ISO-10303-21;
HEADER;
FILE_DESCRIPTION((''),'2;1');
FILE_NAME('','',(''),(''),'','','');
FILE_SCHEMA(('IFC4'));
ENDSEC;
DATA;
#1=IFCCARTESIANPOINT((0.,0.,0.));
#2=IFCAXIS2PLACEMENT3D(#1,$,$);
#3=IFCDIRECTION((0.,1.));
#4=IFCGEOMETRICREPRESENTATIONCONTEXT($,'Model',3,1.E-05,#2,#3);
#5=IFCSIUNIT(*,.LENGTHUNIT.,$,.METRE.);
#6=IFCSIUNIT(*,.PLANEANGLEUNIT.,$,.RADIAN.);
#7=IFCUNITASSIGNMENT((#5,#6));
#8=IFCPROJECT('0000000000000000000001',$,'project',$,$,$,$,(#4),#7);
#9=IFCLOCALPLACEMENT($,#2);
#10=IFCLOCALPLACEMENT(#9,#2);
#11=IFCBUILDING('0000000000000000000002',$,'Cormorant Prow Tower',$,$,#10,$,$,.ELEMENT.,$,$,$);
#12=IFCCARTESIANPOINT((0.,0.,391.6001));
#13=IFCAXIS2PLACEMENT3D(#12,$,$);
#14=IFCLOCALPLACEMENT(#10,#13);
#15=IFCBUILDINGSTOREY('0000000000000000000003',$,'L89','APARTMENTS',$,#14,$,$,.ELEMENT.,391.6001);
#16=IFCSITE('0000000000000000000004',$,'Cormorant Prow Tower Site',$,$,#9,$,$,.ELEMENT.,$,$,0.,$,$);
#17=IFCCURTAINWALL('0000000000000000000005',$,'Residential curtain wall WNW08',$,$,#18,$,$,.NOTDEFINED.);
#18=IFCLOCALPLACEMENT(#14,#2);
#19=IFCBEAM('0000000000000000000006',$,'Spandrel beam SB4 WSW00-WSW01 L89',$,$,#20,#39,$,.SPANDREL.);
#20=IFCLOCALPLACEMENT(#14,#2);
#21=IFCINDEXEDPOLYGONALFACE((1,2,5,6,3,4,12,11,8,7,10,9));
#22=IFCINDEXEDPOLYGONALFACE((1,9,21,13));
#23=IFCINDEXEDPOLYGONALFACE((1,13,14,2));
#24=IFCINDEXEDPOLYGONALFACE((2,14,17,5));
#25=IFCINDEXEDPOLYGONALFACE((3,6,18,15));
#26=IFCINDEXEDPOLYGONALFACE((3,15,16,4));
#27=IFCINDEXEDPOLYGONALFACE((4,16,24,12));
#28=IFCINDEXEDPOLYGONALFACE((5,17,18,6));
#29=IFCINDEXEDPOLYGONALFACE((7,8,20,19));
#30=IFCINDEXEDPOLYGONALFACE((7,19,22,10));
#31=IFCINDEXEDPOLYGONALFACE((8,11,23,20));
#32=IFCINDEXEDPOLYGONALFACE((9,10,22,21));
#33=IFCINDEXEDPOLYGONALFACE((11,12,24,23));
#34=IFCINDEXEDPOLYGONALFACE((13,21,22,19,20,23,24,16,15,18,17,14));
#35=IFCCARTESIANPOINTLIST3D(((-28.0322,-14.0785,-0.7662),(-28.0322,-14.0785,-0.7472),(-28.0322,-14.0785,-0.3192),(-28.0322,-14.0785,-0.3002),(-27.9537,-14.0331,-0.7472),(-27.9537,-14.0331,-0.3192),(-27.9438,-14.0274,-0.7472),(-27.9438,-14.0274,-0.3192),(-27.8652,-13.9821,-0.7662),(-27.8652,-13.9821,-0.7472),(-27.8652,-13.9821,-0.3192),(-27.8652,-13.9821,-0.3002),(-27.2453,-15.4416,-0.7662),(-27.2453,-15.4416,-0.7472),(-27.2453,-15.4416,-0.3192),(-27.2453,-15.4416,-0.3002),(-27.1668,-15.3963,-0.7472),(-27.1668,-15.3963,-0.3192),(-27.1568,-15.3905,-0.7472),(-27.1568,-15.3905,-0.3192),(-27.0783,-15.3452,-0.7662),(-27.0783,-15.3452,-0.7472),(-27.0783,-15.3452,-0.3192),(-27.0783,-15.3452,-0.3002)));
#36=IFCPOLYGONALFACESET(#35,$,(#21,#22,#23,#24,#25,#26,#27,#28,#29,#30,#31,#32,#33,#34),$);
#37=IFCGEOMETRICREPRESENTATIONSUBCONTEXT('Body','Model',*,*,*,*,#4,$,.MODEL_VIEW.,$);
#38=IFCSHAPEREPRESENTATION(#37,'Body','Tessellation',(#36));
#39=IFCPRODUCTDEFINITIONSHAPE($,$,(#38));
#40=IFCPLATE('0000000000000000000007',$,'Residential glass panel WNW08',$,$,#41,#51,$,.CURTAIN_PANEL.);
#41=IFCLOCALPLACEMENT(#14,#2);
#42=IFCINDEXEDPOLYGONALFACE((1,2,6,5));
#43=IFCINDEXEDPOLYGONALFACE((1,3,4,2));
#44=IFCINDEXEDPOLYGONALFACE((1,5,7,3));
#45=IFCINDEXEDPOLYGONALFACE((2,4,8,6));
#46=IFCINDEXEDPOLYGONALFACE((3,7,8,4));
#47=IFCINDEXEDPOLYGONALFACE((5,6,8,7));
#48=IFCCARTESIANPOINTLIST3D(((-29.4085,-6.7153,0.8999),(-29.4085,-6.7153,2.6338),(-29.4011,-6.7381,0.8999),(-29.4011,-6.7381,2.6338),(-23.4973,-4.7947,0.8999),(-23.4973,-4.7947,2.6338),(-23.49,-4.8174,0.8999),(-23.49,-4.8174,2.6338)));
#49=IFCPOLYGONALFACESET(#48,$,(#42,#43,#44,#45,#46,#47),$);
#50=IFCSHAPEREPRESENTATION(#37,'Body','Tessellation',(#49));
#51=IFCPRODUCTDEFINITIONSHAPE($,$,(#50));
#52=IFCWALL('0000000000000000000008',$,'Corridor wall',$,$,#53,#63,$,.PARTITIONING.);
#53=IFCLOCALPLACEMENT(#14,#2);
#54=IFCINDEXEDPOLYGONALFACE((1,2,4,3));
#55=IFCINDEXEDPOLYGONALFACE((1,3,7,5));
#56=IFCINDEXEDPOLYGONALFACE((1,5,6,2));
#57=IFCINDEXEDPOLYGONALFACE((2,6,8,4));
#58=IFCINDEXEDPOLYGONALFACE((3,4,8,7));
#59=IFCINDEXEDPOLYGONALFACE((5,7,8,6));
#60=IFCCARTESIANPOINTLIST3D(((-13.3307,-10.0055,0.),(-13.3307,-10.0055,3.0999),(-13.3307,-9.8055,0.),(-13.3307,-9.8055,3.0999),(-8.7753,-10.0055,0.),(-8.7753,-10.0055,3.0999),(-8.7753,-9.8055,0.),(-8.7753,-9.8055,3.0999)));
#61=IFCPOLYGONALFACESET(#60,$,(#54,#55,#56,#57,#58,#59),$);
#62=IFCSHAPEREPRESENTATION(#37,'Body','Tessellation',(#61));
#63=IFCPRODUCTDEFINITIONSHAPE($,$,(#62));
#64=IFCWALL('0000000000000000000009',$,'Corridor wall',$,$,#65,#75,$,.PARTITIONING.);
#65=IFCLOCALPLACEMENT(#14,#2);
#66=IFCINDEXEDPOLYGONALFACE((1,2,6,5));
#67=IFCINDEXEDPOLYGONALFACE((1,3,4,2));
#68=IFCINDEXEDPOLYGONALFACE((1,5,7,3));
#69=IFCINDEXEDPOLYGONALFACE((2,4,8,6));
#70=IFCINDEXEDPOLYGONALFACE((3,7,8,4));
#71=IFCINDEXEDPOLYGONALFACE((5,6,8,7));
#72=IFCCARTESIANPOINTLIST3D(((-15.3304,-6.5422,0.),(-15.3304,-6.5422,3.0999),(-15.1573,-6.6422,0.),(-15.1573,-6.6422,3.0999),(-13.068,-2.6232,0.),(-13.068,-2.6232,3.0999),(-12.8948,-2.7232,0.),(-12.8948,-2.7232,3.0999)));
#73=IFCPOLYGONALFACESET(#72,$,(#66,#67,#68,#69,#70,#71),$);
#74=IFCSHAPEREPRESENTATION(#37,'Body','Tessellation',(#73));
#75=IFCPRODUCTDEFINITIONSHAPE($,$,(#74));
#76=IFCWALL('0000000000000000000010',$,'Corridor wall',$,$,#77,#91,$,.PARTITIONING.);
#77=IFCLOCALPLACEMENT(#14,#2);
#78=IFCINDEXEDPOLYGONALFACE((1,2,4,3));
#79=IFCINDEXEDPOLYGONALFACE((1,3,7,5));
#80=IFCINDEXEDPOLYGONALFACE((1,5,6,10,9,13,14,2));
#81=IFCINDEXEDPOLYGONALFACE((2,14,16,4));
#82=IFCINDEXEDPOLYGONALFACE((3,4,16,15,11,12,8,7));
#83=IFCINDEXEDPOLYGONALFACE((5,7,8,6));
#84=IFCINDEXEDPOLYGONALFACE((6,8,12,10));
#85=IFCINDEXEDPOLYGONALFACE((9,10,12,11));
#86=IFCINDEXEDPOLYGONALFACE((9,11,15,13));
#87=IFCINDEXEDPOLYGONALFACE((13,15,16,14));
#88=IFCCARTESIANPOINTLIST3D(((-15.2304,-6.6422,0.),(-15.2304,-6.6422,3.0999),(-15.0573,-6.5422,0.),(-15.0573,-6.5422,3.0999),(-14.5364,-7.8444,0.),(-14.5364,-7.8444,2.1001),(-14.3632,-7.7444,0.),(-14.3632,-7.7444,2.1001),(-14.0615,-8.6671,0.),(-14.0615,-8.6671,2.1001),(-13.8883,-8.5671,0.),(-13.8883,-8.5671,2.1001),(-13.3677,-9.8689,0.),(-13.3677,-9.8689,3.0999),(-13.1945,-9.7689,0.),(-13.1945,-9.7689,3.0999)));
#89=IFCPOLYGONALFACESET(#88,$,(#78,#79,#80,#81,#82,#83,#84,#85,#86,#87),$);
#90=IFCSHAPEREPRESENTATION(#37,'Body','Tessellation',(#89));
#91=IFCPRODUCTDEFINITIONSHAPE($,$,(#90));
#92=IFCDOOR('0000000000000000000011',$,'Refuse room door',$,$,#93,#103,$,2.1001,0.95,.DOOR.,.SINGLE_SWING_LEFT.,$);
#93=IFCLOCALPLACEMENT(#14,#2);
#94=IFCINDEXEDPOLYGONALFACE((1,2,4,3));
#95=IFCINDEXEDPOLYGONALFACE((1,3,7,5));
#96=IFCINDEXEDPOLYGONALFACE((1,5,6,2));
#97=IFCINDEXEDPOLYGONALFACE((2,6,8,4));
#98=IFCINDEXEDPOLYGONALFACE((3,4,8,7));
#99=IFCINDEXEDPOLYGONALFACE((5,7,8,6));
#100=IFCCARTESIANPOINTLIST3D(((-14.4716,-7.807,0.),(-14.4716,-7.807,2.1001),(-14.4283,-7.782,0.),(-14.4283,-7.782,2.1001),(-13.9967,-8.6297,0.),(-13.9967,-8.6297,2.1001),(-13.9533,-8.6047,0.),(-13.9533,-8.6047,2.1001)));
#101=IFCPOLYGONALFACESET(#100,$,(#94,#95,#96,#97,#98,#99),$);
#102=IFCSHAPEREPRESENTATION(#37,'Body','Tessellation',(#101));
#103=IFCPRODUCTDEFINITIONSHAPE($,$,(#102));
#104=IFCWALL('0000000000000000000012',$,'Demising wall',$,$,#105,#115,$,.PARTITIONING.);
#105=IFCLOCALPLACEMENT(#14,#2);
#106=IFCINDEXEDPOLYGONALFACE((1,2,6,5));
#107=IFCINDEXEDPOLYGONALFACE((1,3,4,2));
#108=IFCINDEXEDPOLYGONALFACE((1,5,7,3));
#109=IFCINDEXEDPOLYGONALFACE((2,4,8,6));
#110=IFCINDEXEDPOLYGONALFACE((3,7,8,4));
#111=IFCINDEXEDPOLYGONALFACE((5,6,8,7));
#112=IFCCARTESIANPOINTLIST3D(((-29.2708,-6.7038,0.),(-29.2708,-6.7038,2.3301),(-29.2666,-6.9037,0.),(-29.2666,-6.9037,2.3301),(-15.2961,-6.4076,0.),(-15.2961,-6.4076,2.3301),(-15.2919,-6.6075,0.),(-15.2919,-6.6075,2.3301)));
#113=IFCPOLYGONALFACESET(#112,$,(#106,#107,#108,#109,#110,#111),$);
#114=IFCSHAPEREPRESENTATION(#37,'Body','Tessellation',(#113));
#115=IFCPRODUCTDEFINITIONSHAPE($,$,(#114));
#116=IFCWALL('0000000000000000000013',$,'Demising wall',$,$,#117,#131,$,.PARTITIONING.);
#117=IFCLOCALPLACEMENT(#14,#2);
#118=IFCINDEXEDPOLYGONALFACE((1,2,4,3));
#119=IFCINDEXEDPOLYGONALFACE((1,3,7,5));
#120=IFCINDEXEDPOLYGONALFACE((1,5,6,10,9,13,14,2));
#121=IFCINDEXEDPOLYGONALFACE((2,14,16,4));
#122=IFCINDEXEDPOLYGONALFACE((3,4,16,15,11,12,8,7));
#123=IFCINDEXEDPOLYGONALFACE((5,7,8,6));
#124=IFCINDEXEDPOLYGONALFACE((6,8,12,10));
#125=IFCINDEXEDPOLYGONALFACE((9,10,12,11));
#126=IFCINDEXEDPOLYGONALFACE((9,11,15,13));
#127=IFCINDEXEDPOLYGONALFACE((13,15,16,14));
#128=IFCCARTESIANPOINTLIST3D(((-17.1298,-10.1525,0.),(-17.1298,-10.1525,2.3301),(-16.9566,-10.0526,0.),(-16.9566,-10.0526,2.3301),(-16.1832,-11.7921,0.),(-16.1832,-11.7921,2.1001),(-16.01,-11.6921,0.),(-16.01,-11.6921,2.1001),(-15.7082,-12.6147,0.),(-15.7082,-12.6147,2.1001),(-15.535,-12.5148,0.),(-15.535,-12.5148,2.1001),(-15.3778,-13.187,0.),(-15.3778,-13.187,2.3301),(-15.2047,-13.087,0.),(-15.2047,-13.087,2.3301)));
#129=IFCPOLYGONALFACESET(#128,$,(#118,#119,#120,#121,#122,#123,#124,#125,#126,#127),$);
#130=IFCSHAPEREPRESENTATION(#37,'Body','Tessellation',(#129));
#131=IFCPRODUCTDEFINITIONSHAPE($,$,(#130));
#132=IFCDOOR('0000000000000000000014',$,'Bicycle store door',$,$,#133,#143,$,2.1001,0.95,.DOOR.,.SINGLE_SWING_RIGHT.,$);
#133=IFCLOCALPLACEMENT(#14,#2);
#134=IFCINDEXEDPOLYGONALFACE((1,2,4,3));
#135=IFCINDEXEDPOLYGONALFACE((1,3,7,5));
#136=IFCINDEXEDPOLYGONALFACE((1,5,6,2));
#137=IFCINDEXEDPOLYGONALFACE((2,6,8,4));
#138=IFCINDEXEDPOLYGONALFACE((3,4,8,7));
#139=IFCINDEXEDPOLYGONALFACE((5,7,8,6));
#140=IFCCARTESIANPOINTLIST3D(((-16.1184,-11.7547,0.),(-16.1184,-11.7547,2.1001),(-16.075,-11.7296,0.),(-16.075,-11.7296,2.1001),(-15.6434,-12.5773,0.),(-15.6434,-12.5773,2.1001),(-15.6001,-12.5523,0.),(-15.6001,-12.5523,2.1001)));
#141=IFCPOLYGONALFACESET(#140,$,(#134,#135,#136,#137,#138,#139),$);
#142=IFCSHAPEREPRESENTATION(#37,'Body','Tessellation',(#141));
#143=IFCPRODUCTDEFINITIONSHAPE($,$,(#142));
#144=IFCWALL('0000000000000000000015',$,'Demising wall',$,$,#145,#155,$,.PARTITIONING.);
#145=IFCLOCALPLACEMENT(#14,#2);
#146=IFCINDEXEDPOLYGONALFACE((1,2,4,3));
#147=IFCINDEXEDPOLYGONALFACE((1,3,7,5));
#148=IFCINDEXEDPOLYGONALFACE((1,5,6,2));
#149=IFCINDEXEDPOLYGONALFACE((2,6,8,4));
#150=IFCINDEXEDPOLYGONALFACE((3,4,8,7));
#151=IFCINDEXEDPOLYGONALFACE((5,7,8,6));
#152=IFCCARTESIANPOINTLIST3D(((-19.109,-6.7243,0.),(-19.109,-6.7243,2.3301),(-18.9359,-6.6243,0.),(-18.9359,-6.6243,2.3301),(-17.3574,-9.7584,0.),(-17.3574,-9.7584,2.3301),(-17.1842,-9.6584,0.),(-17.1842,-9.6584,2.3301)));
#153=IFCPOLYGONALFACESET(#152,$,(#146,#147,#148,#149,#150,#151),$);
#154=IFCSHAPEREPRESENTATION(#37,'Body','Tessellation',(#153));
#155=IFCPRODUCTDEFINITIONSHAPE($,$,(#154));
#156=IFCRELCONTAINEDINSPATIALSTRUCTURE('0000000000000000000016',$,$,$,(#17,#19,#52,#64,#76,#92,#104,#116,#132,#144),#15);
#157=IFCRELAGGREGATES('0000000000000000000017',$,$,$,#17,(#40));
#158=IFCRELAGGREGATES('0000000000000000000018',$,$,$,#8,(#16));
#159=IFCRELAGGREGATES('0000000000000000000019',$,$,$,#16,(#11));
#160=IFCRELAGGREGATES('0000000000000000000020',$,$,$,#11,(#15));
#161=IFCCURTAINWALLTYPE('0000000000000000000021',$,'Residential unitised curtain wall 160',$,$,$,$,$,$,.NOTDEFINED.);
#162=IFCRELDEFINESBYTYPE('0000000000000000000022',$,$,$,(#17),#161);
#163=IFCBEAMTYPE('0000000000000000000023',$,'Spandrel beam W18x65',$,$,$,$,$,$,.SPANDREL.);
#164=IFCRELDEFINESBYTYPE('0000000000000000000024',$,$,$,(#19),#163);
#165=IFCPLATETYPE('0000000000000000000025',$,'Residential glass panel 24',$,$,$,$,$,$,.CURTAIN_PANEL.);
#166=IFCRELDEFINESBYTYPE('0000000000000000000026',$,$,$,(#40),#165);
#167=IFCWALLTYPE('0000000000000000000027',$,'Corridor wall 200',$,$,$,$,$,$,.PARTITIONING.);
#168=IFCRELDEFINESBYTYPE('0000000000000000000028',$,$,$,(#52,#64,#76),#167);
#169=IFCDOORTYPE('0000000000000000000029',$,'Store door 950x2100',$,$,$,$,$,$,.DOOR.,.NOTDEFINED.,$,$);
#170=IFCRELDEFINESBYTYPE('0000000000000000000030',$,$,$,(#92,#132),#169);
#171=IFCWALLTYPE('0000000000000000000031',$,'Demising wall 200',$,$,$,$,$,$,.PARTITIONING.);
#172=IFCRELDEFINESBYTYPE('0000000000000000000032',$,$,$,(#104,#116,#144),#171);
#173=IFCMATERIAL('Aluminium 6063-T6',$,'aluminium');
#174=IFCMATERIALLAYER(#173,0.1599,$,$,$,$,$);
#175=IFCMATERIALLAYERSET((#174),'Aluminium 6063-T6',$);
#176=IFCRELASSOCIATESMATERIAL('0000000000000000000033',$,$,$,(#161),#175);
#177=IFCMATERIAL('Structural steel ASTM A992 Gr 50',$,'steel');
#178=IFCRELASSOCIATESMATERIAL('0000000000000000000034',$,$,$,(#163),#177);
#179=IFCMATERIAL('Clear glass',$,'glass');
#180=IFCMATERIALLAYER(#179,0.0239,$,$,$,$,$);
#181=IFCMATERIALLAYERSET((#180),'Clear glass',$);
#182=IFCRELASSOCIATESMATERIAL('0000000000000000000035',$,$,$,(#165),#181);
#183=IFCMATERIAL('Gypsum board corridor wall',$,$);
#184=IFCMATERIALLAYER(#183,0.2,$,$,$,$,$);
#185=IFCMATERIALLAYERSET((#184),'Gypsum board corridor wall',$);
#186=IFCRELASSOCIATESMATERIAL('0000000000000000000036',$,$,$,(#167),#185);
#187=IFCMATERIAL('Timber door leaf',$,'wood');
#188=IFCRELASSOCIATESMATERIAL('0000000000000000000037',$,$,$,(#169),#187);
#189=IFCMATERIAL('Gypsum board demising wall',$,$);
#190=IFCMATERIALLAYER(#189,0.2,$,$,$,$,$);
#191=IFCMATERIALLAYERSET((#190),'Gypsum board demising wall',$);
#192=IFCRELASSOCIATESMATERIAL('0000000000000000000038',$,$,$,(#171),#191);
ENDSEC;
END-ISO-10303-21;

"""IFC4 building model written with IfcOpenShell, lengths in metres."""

from ifc_helpers import new_model, si_unit, direction, frame, frame_2d, origin, origin_2d, place, context, subcontext, project, spatial, rectangle, i_section, extrude, material, layer, layer_set, material_profile, profile_set, type_object, element, fill, aggregate, save


model = new_model("IFC4")

# Units and contexts
model_context = context("Model", 3, precision=1e-05, world=origin(), true_north=direction((0.0, 1.0)))
body_context = subcontext(model_context, "Body", "Model", "MODEL_VIEW")
ifc_project = project(units=[si_unit("LENGTHUNIT", "METRE"), si_unit("PLANEANGLEUNIT", "RADIAN")], contexts=[model_context])

# Site, building, storey
site_placement = place(None, origin())
site = spatial("IfcSite", under=ifc_project, at=site_placement, Name="Cormorant Prow Tower Site", CompositionType="ELEMENT", RefElevation=0.0)
building_placement = place(site_placement, origin())
building = spatial("IfcBuilding", under=site, at=building_placement, Name="Cormorant Prow Tower", CompositionType="ELEMENT")
storey_placement = place(building_placement, frame((0.0, 0.0, 391.6001)))
storey = spatial("IfcBuildingStorey", under=building, at=storey_placement, Name="L89", Description="APARTMENTS", CompositionType="ELEMENT", Elevation=391.6001)

# Curtain wall
ifc_material_1 = material(Name="Aluminium 6063-T6", Category="aluminium")
ifc_layer_1 = layer(ifc_material_1, 0.1599)
ifc_layer_set_1 = layer_set([ifc_layer_1], Name="Aluminium 6063-T6")
curtain_wall_type = type_object("IfcCurtainWallType", Name="Residential unitised curtain wall 160", PredefinedType="NOTDEFINED", material=ifc_layer_set_1)
curtain_wall_placement = place(storey_placement, origin())
curtain_wall = element("IfcCurtainWall", 1, at=curtain_wall_placement, inside=storey, type_object=curtain_wall_type, Name="Residential curtain wall WNW08", PredefinedType="NOTDEFINED")

# Beam
ifc_material_2 = material(Name="Structural steel ASTM A992 Gr 50", Category="steel")
ifc_material_profile_1 = material_profile(ifc_material_2, i_section(OverallWidth=0.1929, OverallDepth=0.4661, WebThickness=0.0115, FlangeThickness=0.019, at=origin_2d()), Name="W18x65")
ifc_profile_set_1 = profile_set([ifc_material_profile_1], Name="Structural steel ASTM A992 Gr 50")
beam_type_1 = type_object("IfcBeamType", Name="Spandrel beam W18x65", PredefinedType="SPANDREL", material=ifc_profile_set_1)
beam_1_placement = place(storey_placement, frame((-27.9487, -14.0303, -0.5332), z_axis=(0.49996, -0.866049, 0.0), x_axis=(0.866049, 0.49996, 0.0)))
element("IfcBeam", 2, at=beam_1_placement, inside=storey, type_object=beam_type_1, Name="Spandrel beam SB4 WSW00-WSW01 L89", PredefinedType="SPANDREL", context=body_context, shape_type="SweptSolid", body=[
    extrude(i_section(OverallWidth=0.1929, OverallDepth=0.4661, WebThickness=0.0115, FlangeThickness=0.019, at=origin_2d()), origin(), (0.0, 0.0, 1.0), 1.574),
])

# Plate
ifc_material_3 = material(Name="Clear glass", Category="glass")
ifc_layer_2 = layer(ifc_material_3, 0.0239)
ifc_layer_set_2 = layer_set([ifc_layer_2], Name="Clear glass")
plate_type = type_object("IfcPlateType", Name="Residential glass panel 24", PredefinedType="CURTAIN_PANEL", material=ifc_layer_set_2)
plate_placement = place(storey_placement, frame((-26.4492, -5.7664, 0.8999), z_axis=(0.0, 0.0, 1.0), x_axis=(-0.951056, -0.309017, 0.0)))
plate = element("IfcPlate", 3, at=plate_placement, type_object=plate_type, Name="Residential glass panel WNW08", PredefinedType="CURTAIN_PANEL", context=body_context, shape_type="SweptSolid", body=[
    extrude(rectangle(XDim=6.2153, YDim=0.0239, at=origin_2d()), origin(), (0.0, 0.0, 1.0), 1.7339),
])
aggregate(curtain_wall, [plate])

# Walls
ifc_material_4 = material(Name="Gypsum board corridor wall")
ifc_layer_3 = layer(ifc_material_4, 0.2)
ifc_layer_set_3 = layer_set([ifc_layer_3], Name="Gypsum board corridor wall")
wall_type_1 = type_object("IfcWallType", Name="Corridor wall 200", PredefinedType="PARTITIONING", material=ifc_layer_set_3)
wall_1_placement = place(storey_placement, frame((-13.3308, -9.9055, 0.0), z_axis=(0.0, 0.0, 1.0), x_axis=(1.0, 0.0, 0.0)))
element("IfcWall", 4, at=wall_1_placement, inside=storey, type_object=wall_type_1, Name="Corridor wall", PredefinedType="PARTITIONING", context=body_context, shape_type="SweptSolid", body=[
    extrude(rectangle(XDim=4.5554, YDim=0.2, at=frame_2d((2.2778, 0.0))), origin(), (0.0, 0.0, 1.0), 3.0999),
])
wall_2_placement = place(storey_placement, frame((-15.2439, -6.5923, 0.0), z_axis=(0.0, 0.0, 1.0), x_axis=(0.499975, 0.86604, 0.0)))
element("IfcWall", 5, at=wall_2_placement, inside=storey, type_object=wall_type_1, Name="Corridor wall", PredefinedType="PARTITIONING", context=body_context, shape_type="SweptSolid", body=[
    extrude(rectangle(XDim=4.5251, YDim=0.2, at=frame_2d((2.2627, 0.0))), origin(), (0.0, 0.0, 1.0), 3.0999),
])

# Wall, opening, door
wall_3_placement = place(storey_placement, frame((-15.1438, -6.5923, 0.0), z_axis=(0.0, 0.0, 1.0), x_axis=(0.499959, -0.866049, 0.0)))
wall_3 = element("IfcWall", 6, at=wall_3_placement, inside=storey, type_object=wall_type_1, Name="Corridor wall", PredefinedType="PARTITIONING", context=body_context, shape_type="SweptSolid", body=[
    extrude(rectangle(XDim=3.7258, YDim=0.2, at=frame_2d((1.8628, 0.0))), origin(), (0.0, 0.0, 1.0), 3.0999),
])
opening_1_placement = place(wall_3_placement, frame((1.3879, 0.0, 0.0)))
opening_1 = element("IfcOpeningElement", 7, at=opening_1_placement, cuts=wall_3, PredefinedType="OPENING", context=body_context, shape_type="SweptSolid", body=[
    extrude(rectangle(XDim=0.95, YDim=2.1001, at=frame_2d((0.4751, 1.05))), frame((0.0, 0.1099, 0.0), z_axis=(0.0, -1.0, 0.0), x_axis=(1.0, 0.0, 0.0)), (0.0, 0.0, 1.0), 0.22),
])
ifc_material_5 = material(Name="Timber door leaf", Category="wood")
door_type_1 = type_object("IfcDoorType", Name="Store door 950x2100", OperationType="NOTDEFINED", PredefinedType="DOOR", material=ifc_material_5)
door_1_placement = place(opening_1_placement, origin())
door_1 = element("IfcDoor", 8, at=door_1_placement, inside=storey, type_object=door_type_1, Name="Refuse room door", OperationType="SINGLE_SWING_LEFT", OverallHeight=2.1001, OverallWidth=0.95, PredefinedType="DOOR", context=body_context, shape_type="SweptSolid", body=[
    extrude(rectangle(XDim=0.95, YDim=2.1001, at=frame_2d((0.4751, 1.05))), frame((0.0, 0.0249, 0.0), z_axis=(0.0, -1.0, 0.0), x_axis=(1.0, 0.0, 0.0)), (0.0, 0.0, 1.0), 0.05),
])
fill(opening_1, door_1)

# Wall
ifc_material_6 = material(Name="Gypsum board demising wall")
ifc_layer_4 = layer(ifc_material_6, 0.2)
ifc_layer_set_4 = layer_set([ifc_layer_4], Name="Gypsum board demising wall")
wall_type_2 = type_object("IfcWallType", Name="Demising wall 200", PredefinedType="PARTITIONING", material=ifc_layer_set_4)
wall_4_placement = place(storey_placement, frame((-29.2686, -6.8037, 0.0), z_axis=(0.0, 0.0, 1.0), x_axis=(0.999776, 0.021187, 0.0)))
element("IfcWall", 9, at=wall_4_placement, inside=storey, type_object=wall_type_2, Name="Demising wall", PredefinedType="PARTITIONING", context=body_context, shape_type="SweptSolid", body=[
    extrude(rectangle(XDim=13.9778, YDim=0.2, at=frame_2d((6.9888, 0.0))), origin(), (0.0, 0.0, 1.0), 2.3301),
])

# Wall, opening, door
wall_5_placement = place(storey_placement, frame((-17.0432, -10.1025, 0.0), z_axis=(0.0, 0.0, 1.0), x_axis=(0.500006, -0.866022, 0.0)))
wall_5 = element("IfcWall", 10, at=wall_5_placement, inside=storey, type_object=wall_type_2, Name="Demising wall", PredefinedType="PARTITIONING", context=body_context, shape_type="SweptSolid", body=[
    extrude(rectangle(XDim=3.5039, YDim=0.2, at=frame_2d((1.752, 0.0))), origin(), (0.0, 0.0, 1.0), 2.3301),
])
opening_2_placement = place(wall_5_placement, frame((1.8931, 0.0, 0.0)))
opening_2 = element("IfcOpeningElement", 11, at=opening_2_placement, cuts=wall_5, PredefinedType="OPENING", context=body_context, shape_type="SweptSolid", body=[
    extrude(rectangle(XDim=0.95, YDim=2.1001, at=frame_2d((0.4751, 1.05))), frame((0.0, 0.1099, 0.0), z_axis=(0.0, -1.0, 0.0), x_axis=(1.0, 0.0, 0.0)), (0.0, 0.0, 1.0), 0.22),
])
door_2_placement = place(opening_2_placement, origin())
door_2 = element("IfcDoor", 12, at=door_2_placement, inside=storey, type_object=door_type_1, Name="Bicycle store door", OperationType="SINGLE_SWING_RIGHT", OverallHeight=2.1001, OverallWidth=0.95, PredefinedType="DOOR", context=body_context, shape_type="SweptSolid", body=[
    extrude(rectangle(XDim=0.95, YDim=2.1001, at=frame_2d((0.4751, 1.05))), frame((0.0, 0.0249, 0.0), z_axis=(0.0, -1.0, 0.0), x_axis=(1.0, 0.0, 0.0)), (0.0, 0.0, 1.0), 0.05),
])
fill(opening_2, door_2)

# Wall
wall_6_placement = place(storey_placement, frame((-19.0225, -6.6743, 0.0), z_axis=(0.0, 0.0, 1.0), x_axis=(0.499984, -0.866035, 0.0)))
element("IfcWall", 13, at=wall_6_placement, inside=storey, type_object=wall_type_2, Name="Demising wall", PredefinedType="PARTITIONING", context=body_context, shape_type="SweptSolid", body=[
    extrude(rectangle(XDim=3.5034, YDim=0.2, at=frame_2d((1.7517, 0.0))), origin(), (0.0, 0.0, 1.0), 2.3301),
])

save(model, "model.ifc")
